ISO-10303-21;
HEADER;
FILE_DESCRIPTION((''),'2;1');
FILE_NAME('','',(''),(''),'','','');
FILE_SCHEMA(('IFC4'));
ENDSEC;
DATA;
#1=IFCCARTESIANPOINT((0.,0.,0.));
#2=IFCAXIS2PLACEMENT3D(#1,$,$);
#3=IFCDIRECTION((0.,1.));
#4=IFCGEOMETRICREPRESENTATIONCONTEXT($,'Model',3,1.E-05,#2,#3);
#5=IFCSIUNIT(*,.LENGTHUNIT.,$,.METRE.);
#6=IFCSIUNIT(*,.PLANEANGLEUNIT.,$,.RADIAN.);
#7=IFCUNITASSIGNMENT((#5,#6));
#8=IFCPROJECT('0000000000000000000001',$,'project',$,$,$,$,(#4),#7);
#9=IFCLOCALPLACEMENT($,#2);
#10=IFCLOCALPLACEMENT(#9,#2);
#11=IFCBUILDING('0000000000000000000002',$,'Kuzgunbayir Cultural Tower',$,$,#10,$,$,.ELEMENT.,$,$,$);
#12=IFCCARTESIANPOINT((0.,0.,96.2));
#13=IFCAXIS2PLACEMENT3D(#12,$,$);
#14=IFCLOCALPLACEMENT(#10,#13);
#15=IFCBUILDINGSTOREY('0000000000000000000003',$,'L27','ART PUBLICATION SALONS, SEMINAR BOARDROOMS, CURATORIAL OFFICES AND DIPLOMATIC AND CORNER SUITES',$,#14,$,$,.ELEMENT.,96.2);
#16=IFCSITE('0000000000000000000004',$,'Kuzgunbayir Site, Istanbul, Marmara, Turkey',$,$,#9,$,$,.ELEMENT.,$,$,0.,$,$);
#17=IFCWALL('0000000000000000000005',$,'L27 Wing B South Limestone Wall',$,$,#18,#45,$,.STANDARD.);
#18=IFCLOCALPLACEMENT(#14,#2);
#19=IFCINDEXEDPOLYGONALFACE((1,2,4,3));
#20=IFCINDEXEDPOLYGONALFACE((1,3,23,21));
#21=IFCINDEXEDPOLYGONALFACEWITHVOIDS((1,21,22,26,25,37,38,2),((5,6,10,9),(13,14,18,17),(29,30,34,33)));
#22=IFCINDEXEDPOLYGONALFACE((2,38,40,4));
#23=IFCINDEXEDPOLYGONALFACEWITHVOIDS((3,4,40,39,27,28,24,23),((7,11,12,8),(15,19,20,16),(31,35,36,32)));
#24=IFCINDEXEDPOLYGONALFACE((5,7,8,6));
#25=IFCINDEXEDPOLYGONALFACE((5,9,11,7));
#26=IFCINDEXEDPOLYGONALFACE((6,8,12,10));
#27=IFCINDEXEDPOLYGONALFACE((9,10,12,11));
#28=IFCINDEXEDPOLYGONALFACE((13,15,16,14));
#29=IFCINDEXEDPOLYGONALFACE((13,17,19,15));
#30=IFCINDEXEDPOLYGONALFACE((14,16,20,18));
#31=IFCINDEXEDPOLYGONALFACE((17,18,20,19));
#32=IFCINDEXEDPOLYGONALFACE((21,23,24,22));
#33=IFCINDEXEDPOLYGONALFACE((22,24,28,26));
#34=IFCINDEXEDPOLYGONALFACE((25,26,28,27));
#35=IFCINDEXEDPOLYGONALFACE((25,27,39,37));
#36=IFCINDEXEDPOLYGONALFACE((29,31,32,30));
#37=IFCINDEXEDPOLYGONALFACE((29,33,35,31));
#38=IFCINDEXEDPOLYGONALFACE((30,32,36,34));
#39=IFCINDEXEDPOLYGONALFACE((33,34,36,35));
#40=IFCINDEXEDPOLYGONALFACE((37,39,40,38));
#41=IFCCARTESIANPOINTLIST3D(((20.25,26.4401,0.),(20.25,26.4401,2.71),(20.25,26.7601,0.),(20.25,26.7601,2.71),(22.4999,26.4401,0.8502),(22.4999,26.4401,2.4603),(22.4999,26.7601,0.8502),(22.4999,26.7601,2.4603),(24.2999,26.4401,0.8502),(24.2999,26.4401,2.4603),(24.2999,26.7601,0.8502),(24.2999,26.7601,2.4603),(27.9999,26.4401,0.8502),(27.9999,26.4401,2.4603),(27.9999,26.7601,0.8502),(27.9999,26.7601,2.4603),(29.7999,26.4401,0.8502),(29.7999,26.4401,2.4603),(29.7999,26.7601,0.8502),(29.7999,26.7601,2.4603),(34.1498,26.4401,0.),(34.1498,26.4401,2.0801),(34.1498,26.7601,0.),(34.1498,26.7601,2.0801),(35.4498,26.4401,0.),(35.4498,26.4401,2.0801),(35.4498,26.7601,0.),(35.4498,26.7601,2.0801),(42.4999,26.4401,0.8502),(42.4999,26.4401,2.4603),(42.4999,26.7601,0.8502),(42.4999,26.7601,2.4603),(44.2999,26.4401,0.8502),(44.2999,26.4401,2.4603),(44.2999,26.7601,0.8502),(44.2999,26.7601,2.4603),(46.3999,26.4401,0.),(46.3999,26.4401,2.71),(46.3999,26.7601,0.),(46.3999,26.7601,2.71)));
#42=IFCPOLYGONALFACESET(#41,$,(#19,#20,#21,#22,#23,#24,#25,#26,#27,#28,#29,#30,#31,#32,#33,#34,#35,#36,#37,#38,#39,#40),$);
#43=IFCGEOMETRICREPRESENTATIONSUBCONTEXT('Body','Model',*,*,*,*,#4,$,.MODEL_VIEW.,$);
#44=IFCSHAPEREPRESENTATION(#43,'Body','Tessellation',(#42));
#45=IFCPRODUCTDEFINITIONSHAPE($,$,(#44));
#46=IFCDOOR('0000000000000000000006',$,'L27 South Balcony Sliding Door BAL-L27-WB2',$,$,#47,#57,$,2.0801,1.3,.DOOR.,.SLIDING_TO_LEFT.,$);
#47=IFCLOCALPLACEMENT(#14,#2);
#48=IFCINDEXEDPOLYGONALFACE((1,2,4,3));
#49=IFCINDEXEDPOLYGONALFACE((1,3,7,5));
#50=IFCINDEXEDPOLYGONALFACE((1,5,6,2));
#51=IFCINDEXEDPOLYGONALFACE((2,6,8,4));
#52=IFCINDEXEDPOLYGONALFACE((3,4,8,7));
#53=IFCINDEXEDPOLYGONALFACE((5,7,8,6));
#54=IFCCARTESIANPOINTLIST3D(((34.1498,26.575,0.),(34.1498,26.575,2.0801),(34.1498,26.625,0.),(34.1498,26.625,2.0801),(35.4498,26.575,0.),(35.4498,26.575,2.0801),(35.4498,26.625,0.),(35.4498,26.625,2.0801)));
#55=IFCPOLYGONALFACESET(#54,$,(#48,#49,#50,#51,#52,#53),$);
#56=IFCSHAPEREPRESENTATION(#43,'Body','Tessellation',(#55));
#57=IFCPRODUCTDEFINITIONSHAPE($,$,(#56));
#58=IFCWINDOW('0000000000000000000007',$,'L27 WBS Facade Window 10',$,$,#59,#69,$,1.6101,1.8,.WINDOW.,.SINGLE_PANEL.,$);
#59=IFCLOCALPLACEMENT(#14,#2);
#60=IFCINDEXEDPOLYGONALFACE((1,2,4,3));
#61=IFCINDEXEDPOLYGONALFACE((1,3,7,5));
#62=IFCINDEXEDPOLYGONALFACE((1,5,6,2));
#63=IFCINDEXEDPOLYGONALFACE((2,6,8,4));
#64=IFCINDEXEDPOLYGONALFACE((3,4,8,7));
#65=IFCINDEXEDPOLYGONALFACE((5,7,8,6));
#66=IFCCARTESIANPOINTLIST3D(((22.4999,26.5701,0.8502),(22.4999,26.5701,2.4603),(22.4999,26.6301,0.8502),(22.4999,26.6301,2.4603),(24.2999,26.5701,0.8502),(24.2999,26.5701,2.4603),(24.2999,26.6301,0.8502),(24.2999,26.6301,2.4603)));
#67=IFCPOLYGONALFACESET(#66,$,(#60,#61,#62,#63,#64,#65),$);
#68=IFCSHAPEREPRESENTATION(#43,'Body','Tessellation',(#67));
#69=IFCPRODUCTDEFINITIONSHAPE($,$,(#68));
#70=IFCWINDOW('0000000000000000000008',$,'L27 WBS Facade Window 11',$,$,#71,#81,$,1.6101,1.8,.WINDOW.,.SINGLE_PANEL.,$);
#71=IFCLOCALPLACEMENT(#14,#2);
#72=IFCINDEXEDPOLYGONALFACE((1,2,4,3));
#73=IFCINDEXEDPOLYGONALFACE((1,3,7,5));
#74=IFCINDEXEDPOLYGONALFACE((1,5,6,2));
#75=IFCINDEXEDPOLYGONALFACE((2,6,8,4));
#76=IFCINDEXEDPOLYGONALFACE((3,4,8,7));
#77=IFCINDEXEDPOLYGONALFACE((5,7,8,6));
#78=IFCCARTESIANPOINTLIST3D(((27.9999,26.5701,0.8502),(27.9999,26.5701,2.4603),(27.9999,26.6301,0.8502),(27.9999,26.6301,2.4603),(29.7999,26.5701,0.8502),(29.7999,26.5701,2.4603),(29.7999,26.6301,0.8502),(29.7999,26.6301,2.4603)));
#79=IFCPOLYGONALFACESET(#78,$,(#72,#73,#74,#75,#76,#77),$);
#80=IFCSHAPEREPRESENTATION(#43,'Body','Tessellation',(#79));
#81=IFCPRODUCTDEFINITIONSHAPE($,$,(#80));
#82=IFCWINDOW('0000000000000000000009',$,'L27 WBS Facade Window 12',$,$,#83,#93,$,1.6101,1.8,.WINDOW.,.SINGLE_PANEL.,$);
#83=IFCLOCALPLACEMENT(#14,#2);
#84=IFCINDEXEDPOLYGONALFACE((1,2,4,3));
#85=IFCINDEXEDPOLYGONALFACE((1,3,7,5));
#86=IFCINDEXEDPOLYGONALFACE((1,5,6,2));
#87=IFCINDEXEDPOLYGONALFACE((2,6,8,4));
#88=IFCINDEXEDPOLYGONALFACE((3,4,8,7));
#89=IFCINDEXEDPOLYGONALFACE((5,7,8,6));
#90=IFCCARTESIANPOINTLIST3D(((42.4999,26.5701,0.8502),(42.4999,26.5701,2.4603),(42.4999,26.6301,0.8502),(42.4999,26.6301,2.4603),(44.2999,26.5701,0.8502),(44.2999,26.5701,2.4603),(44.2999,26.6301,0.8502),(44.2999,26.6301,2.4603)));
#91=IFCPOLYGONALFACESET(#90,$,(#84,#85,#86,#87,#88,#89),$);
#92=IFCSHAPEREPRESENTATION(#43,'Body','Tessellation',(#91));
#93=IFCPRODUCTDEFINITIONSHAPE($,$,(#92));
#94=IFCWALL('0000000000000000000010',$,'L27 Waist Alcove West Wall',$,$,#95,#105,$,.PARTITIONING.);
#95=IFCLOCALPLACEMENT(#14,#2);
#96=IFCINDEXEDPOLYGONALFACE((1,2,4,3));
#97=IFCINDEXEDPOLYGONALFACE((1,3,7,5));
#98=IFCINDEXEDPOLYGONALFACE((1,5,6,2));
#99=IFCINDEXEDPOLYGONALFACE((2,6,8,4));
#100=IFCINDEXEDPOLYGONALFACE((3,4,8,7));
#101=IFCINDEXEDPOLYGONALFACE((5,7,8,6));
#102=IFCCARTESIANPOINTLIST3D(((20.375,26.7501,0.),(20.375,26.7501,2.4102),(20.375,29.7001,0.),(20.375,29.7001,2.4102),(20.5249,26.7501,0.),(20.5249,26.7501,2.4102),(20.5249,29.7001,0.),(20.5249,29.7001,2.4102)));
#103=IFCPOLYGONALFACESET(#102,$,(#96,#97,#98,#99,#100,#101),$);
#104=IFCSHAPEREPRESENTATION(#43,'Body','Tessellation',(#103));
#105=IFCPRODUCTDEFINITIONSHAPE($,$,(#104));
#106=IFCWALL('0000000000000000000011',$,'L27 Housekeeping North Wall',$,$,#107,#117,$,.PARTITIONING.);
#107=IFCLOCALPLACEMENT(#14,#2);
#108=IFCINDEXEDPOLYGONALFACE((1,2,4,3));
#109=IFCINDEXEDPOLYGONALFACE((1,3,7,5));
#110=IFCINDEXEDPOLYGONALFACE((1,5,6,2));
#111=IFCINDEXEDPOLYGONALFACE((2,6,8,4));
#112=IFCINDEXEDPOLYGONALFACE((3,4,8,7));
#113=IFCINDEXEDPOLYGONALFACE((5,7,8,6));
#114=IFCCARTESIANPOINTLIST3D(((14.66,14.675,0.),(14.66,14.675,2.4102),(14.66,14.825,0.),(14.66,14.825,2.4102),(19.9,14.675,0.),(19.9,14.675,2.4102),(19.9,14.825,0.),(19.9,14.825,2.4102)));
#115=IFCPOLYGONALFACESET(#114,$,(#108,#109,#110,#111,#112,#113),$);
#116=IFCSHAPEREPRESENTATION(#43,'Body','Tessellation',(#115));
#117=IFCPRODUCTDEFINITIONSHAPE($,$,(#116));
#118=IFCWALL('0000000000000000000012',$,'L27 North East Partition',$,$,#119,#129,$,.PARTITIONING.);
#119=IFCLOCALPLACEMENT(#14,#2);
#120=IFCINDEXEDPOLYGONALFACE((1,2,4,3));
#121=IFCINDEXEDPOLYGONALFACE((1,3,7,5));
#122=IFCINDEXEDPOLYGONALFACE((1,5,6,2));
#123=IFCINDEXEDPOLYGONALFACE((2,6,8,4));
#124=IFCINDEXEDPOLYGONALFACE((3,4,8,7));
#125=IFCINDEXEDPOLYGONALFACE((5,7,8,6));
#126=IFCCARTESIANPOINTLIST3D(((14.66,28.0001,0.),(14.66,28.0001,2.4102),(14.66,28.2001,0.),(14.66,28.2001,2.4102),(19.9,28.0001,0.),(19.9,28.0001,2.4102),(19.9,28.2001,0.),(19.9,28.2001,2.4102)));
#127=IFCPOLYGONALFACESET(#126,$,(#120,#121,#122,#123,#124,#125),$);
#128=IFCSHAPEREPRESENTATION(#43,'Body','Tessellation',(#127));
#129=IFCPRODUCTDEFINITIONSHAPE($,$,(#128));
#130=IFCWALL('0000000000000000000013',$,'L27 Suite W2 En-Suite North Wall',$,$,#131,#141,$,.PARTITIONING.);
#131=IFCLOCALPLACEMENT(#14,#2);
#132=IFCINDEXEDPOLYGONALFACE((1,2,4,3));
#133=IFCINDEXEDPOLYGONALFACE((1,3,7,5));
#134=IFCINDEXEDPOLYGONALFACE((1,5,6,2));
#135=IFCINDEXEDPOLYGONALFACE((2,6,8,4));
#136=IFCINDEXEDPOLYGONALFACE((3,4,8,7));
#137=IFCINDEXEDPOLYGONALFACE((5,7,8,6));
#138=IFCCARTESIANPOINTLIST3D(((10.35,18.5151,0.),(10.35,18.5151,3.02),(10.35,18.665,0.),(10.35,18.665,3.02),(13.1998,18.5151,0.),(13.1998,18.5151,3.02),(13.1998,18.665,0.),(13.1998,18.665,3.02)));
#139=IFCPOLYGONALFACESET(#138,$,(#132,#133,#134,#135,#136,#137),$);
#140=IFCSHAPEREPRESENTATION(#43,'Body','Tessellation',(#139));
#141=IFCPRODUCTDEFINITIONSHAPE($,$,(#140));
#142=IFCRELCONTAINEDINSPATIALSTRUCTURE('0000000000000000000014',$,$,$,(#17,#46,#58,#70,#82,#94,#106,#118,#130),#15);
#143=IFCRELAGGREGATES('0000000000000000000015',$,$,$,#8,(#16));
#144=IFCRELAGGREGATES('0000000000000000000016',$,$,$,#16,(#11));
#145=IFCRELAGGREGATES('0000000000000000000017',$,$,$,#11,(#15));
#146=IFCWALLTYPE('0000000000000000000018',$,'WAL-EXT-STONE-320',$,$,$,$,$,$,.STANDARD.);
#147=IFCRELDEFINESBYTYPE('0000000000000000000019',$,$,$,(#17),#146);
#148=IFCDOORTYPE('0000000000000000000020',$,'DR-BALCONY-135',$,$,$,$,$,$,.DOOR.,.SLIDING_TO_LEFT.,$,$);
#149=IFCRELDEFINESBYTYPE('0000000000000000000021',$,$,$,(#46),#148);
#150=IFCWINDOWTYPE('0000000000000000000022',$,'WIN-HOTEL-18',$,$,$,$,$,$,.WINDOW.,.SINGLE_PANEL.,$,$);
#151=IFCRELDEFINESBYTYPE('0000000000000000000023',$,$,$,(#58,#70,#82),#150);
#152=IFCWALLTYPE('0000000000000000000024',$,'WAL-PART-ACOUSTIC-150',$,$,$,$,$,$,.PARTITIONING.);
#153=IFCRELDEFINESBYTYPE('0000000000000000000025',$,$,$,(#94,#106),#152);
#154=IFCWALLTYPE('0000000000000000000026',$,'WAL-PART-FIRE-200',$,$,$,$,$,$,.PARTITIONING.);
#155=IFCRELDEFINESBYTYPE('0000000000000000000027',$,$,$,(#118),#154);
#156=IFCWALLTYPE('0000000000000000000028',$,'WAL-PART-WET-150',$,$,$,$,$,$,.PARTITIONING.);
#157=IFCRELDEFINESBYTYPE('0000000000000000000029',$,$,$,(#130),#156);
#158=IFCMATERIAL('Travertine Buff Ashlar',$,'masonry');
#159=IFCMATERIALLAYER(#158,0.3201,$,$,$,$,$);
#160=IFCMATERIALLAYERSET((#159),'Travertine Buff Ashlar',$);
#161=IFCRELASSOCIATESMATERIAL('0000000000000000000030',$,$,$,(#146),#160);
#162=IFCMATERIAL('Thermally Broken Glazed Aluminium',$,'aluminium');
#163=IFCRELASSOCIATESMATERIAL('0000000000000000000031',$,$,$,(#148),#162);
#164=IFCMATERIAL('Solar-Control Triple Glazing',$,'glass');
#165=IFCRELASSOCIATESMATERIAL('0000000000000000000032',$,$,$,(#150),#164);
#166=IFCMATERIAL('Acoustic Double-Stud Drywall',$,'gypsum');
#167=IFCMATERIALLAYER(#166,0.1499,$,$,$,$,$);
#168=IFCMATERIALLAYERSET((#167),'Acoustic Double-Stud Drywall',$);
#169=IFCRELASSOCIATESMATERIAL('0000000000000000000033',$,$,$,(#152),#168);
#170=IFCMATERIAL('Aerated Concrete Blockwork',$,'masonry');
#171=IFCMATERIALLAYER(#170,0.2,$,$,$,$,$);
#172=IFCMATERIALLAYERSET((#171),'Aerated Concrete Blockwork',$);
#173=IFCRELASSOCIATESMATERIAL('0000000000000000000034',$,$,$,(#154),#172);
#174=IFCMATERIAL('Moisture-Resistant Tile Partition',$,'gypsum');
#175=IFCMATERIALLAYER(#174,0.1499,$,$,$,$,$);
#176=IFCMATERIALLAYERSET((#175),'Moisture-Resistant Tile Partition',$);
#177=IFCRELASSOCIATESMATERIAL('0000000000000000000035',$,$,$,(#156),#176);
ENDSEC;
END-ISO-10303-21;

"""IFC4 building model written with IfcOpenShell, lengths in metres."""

from ifc_helpers import new_model, si_unit, direction, frame, frame_2d, origin, place, context, subcontext, project, spatial, rectangle, extrude, material, layer, layer_set, type_object, element, fill, save


model = new_model("IFC4")

# Units and contexts
model_context = context("Model", 3, precision=1e-05, world=origin(), true_north=direction((0.0, 1.0)))
body_context = subcontext(model_context, "Body", "Model", "MODEL_VIEW")
ifc_project = project(units=[si_unit("LENGTHUNIT", "METRE"), si_unit("PLANEANGLEUNIT", "RADIAN")], contexts=[model_context])

# Site, building, storey
site_placement = place(None, origin())
site = spatial("IfcSite", under=ifc_project, at=site_placement, Name="Kuzgunbayir Site, Istanbul, Marmara, Turkey", CompositionType="ELEMENT", RefElevation=0.0)
building_placement = place(site_placement, origin())
building = spatial("IfcBuilding", under=site, at=building_placement, Name="Kuzgunbayir Cultural Tower", CompositionType="ELEMENT")
storey_placement = place(building_placement, frame((0.0, 0.0, 96.2)))
storey = spatial("IfcBuildingStorey", under=building, at=storey_placement, Name="L27", Description="ART PUBLICATION SALONS, SEMINAR BOARDROOMS, CURATORIAL OFFICES AND DIPLOMATIC AND CORNER SUITES", CompositionType="ELEMENT", Elevation=96.2)

# Wall, openings, door, windows
ifc_material_1 = material(Name="Travertine Buff Ashlar", Category="masonry")
ifc_layer_1 = layer(ifc_material_1, 0.3201)
ifc_layer_set_1 = layer_set([ifc_layer_1], Name="Travertine Buff Ashlar")
wall_type_1 = type_object("IfcWallType", Name="WAL-EXT-STONE-320", PredefinedType="STANDARD", material=ifc_layer_set_1)
wall_1_placement = place(storey_placement, frame((20.25, 26.6001, 0.0), z_axis=(0.0, 0.0, 1.0), x_axis=(1.0, 0.0, 0.0)))
wall_1 = element("IfcWall", 1, at=wall_1_placement, inside=storey, type_object=wall_type_1, Name="L27 Wing B South Limestone Wall", PredefinedType="STANDARD", context=body_context, shape_type="SweptSolid", body=[
    extrude(rectangle(XDim=26.1499, YDim=0.3201, at=frame_2d((13.075, 0.0))), origin(), (0.0, 0.0, 1.0), 2.71),
])
opening_1_placement = place(wall_1_placement, frame((13.8999, 0.0, 0.0)))
opening_1 = element("IfcOpeningElement", 2, at=opening_1_placement, cuts=wall_1, PredefinedType="OPENING", context=body_context, shape_type="SweptSolid", body=[
    extrude(rectangle(XDim=1.3, YDim=2.0801, at=frame_2d((0.6499, 1.04))), frame((0.0, 0.1699, 0.0), z_axis=(0.0, -1.0, 0.0), x_axis=(1.0, 0.0, 0.0)), (0.0, 0.0, 1.0), 0.3401),
])
opening_2_placement = place(wall_1_placement, frame((2.25, 0.0, 0.8501)))
opening_2 = element("IfcOpeningElement", 3, at=opening_2_placement, cuts=wall_1, PredefinedType="OPENING", context=body_context, shape_type="SweptSolid", body=[
    extrude(rectangle(XDim=1.8, YDim=1.6101, at=frame_2d((0.8999, 0.8052))), frame((0.0, 0.1699, 0.0), z_axis=(0.0, -1.0, 0.0), x_axis=(1.0, 0.0, 0.0)), (0.0, 0.0, 1.0), 0.3401),
])
opening_3_placement = place(wall_1_placement, frame((7.75, 0.0, 0.8501)))
opening_3 = element("IfcOpeningElement", 4, at=opening_3_placement, cuts=wall_1, PredefinedType="OPENING", context=body_context, shape_type="SweptSolid", body=[
    extrude(rectangle(XDim=1.8, YDim=1.6101, at=frame_2d((0.8999, 0.8052))), frame((0.0, 0.1699, 0.0), z_axis=(0.0, -1.0, 0.0), x_axis=(1.0, 0.0, 0.0)), (0.0, 0.0, 1.0), 0.3401),
])
opening_4_placement = place(wall_1_placement, frame((22.25, 0.0, 0.8501)))
opening_4 = element("IfcOpeningElement", 5, at=opening_4_placement, cuts=wall_1, PredefinedType="OPENING", context=body_context, shape_type="SweptSolid", body=[
    extrude(rectangle(XDim=1.8, YDim=1.6101, at=frame_2d((0.8999, 0.8052))), frame((0.0, 0.1699, 0.0), z_axis=(0.0, -1.0, 0.0), x_axis=(1.0, 0.0, 0.0)), (0.0, 0.0, 1.0), 0.3401),
])
ifc_material_2 = material(Name="Thermally Broken Glazed Aluminium", Category="aluminium")
door_type_1 = type_object("IfcDoorType", Name="DR-BALCONY-135", OperationType="SLIDING_TO_LEFT", PredefinedType="DOOR", material=ifc_material_2)
door_1_placement = place(opening_1_placement, origin())
door_1 = element("IfcDoor", 6, at=door_1_placement, inside=storey, type_object=door_type_1, Name="L27 South Balcony Sliding Door BAL-L27-WB2", OperationType="SLIDING_TO_LEFT", OverallHeight=2.0801, OverallWidth=1.3, PredefinedType="DOOR", context=body_context, shape_type="SweptSolid", body=[
    extrude(rectangle(XDim=1.3, YDim=2.0801, at=frame_2d((0.6499, 1.04))), frame((0.0, 0.0249, 0.0), z_axis=(0.0, -1.0, 0.0), x_axis=(1.0, 0.0, 0.0)), (0.0, 0.0, 1.0), 0.05),
])
fill(opening_1, door_1)
ifc_material_3 = material(Name="Solar-Control Triple Glazing", Category="glass")
window_type = type_object("IfcWindowType", Name="WIN-HOTEL-18", PartitioningType="SINGLE_PANEL", PredefinedType="WINDOW", material=ifc_material_3)
window_1_placement = place(opening_2_placement, origin())
window_1 = element("IfcWindow", 7, at=window_1_placement, inside=storey, type_object=window_type, Name="L27 WBS Facade Window 10", OverallHeight=1.6101, OverallWidth=1.8, PartitioningType="SINGLE_PANEL", PredefinedType="WINDOW", context=body_context, shape_type="SweptSolid", body=[
    extrude(rectangle(XDim=1.8, YDim=1.6101, at=frame_2d((0.8999, 0.8052))), frame((0.0, 0.03, 0.0), z_axis=(0.0, -1.0, 0.0), x_axis=(1.0, 0.0, 0.0)), (0.0, 0.0, 1.0), 0.0601),
])
fill(opening_2, window_1)
window_2_placement = place(opening_3_placement, origin())
window_2 = element("IfcWindow", 8, at=window_2_placement, inside=storey, type_object=window_type, Name="L27 WBS Facade Window 11", OverallHeight=1.6101, OverallWidth=1.8, PartitioningType="SINGLE_PANEL", PredefinedType="WINDOW", context=body_context, shape_type="SweptSolid", body=[
    extrude(rectangle(XDim=1.8, YDim=1.6101, at=frame_2d((0.8999, 0.8052))), frame((0.0, 0.03, 0.0), z_axis=(0.0, -1.0, 0.0), x_axis=(1.0, 0.0, 0.0)), (0.0, 0.0, 1.0), 0.0601),
])
fill(opening_3, window_2)
window_3_placement = place(opening_4_placement, origin())
window_3 = element("IfcWindow", 9, at=window_3_placement, inside=storey, type_object=window_type, Name="L27 WBS Facade Window 12", OverallHeight=1.6101, OverallWidth=1.8, PartitioningType="SINGLE_PANEL", PredefinedType="WINDOW", context=body_context, shape_type="SweptSolid", body=[
    extrude(rectangle(XDim=1.8, YDim=1.6101, at=frame_2d((0.8999, 0.8052))), frame((0.0, 0.03, 0.0), z_axis=(0.0, -1.0, 0.0), x_axis=(1.0, 0.0, 0.0)), (0.0, 0.0, 1.0), 0.0601),
])
fill(opening_4, window_3)

# Walls
ifc_material_4 = material(Name="Acoustic Double-Stud Drywall", Category="gypsum")
ifc_layer_2 = layer(ifc_material_4, 0.1499)
ifc_layer_set_2 = layer_set([ifc_layer_2], Name="Acoustic Double-Stud Drywall")
wall_type_2 = type_object("IfcWallType", Name="WAL-PART-ACOUSTIC-150", PredefinedType="PARTITIONING", material=ifc_layer_set_2)
wall_2_placement = place(storey_placement, frame((20.45, 26.75, 0.0), z_axis=(0.0, 0.0, 1.0), x_axis=(0.0, 1.0, 0.0)))
element("IfcWall", 10, at=wall_2_placement, inside=storey, type_object=wall_type_2, Name="L27 Waist Alcove West Wall", PredefinedType="PARTITIONING", context=body_context, shape_type="SweptSolid", body=[
    extrude(rectangle(XDim=2.95, YDim=0.1499, at=frame_2d((1.4751, 0.0))), origin(), (0.0, 0.0, 1.0), 2.4102),
])
wall_3_placement = place(storey_placement, frame((14.6599, 14.75, 0.0), z_axis=(0.0, 0.0, 1.0), x_axis=(1.0, 0.0, 0.0)))
element("IfcWall", 11, at=wall_3_placement, inside=storey, type_object=wall_type_2, Name="L27 Housekeeping North Wall", PredefinedType="PARTITIONING", context=body_context, shape_type="SweptSolid", body=[
    extrude(rectangle(XDim=5.24, YDim=0.1499, at=frame_2d((2.6201, 0.0))), origin(), (0.0, 0.0, 1.0), 2.4102),
])
ifc_material_5 = material(Name="Aerated Concrete Blockwork", Category="masonry")
ifc_layer_3 = layer(ifc_material_5, 0.2)
ifc_layer_set_3 = layer_set([ifc_layer_3], Name="Aerated Concrete Blockwork")
wall_type_3 = type_object("IfcWallType", Name="WAL-PART-FIRE-200", PredefinedType="PARTITIONING", material=ifc_layer_set_3)
wall_4_placement = place(storey_placement, frame((14.6599, 28.1001, 0.0), z_axis=(0.0, 0.0, 1.0), x_axis=(1.0, 0.0, 0.0)))
element("IfcWall", 12, at=wall_4_placement, inside=storey, type_object=wall_type_3, Name="L27 North East Partition", PredefinedType="PARTITIONING", context=body_context, shape_type="SweptSolid", body=[
    extrude(rectangle(XDim=5.24, YDim=0.2, at=frame_2d((2.6201, 0.0))), origin(), (0.0, 0.0, 1.0), 2.4102),
])
ifc_material_6 = material(Name="Moisture-Resistant Tile Partition", Category="gypsum")
ifc_layer_4 = layer(ifc_material_6, 0.1499)
ifc_layer_set_4 = layer_set([ifc_layer_4], Name="Moisture-Resistant Tile Partition")
wall_type_4 = type_object("IfcWallType", Name="WAL-PART-WET-150", PredefinedType="PARTITIONING", material=ifc_layer_set_4)
wall_5_placement = place(storey_placement, frame((10.3501, 18.5901, 0.0), z_axis=(0.0, 0.0, 1.0), x_axis=(1.0, 0.0, 0.0)))
element("IfcWall", 13, at=wall_5_placement, inside=storey, type_object=wall_type_4, Name="L27 Suite W2 En-Suite North Wall", PredefinedType="PARTITIONING", context=body_context, shape_type="SweptSolid", body=[
    extrude(rectangle(XDim=2.8499, YDim=0.1499, at=frame_2d((1.4248, 0.0))), origin(), (0.0, 0.0, 1.0), 3.02),
])

save(model, "model.ifc")
